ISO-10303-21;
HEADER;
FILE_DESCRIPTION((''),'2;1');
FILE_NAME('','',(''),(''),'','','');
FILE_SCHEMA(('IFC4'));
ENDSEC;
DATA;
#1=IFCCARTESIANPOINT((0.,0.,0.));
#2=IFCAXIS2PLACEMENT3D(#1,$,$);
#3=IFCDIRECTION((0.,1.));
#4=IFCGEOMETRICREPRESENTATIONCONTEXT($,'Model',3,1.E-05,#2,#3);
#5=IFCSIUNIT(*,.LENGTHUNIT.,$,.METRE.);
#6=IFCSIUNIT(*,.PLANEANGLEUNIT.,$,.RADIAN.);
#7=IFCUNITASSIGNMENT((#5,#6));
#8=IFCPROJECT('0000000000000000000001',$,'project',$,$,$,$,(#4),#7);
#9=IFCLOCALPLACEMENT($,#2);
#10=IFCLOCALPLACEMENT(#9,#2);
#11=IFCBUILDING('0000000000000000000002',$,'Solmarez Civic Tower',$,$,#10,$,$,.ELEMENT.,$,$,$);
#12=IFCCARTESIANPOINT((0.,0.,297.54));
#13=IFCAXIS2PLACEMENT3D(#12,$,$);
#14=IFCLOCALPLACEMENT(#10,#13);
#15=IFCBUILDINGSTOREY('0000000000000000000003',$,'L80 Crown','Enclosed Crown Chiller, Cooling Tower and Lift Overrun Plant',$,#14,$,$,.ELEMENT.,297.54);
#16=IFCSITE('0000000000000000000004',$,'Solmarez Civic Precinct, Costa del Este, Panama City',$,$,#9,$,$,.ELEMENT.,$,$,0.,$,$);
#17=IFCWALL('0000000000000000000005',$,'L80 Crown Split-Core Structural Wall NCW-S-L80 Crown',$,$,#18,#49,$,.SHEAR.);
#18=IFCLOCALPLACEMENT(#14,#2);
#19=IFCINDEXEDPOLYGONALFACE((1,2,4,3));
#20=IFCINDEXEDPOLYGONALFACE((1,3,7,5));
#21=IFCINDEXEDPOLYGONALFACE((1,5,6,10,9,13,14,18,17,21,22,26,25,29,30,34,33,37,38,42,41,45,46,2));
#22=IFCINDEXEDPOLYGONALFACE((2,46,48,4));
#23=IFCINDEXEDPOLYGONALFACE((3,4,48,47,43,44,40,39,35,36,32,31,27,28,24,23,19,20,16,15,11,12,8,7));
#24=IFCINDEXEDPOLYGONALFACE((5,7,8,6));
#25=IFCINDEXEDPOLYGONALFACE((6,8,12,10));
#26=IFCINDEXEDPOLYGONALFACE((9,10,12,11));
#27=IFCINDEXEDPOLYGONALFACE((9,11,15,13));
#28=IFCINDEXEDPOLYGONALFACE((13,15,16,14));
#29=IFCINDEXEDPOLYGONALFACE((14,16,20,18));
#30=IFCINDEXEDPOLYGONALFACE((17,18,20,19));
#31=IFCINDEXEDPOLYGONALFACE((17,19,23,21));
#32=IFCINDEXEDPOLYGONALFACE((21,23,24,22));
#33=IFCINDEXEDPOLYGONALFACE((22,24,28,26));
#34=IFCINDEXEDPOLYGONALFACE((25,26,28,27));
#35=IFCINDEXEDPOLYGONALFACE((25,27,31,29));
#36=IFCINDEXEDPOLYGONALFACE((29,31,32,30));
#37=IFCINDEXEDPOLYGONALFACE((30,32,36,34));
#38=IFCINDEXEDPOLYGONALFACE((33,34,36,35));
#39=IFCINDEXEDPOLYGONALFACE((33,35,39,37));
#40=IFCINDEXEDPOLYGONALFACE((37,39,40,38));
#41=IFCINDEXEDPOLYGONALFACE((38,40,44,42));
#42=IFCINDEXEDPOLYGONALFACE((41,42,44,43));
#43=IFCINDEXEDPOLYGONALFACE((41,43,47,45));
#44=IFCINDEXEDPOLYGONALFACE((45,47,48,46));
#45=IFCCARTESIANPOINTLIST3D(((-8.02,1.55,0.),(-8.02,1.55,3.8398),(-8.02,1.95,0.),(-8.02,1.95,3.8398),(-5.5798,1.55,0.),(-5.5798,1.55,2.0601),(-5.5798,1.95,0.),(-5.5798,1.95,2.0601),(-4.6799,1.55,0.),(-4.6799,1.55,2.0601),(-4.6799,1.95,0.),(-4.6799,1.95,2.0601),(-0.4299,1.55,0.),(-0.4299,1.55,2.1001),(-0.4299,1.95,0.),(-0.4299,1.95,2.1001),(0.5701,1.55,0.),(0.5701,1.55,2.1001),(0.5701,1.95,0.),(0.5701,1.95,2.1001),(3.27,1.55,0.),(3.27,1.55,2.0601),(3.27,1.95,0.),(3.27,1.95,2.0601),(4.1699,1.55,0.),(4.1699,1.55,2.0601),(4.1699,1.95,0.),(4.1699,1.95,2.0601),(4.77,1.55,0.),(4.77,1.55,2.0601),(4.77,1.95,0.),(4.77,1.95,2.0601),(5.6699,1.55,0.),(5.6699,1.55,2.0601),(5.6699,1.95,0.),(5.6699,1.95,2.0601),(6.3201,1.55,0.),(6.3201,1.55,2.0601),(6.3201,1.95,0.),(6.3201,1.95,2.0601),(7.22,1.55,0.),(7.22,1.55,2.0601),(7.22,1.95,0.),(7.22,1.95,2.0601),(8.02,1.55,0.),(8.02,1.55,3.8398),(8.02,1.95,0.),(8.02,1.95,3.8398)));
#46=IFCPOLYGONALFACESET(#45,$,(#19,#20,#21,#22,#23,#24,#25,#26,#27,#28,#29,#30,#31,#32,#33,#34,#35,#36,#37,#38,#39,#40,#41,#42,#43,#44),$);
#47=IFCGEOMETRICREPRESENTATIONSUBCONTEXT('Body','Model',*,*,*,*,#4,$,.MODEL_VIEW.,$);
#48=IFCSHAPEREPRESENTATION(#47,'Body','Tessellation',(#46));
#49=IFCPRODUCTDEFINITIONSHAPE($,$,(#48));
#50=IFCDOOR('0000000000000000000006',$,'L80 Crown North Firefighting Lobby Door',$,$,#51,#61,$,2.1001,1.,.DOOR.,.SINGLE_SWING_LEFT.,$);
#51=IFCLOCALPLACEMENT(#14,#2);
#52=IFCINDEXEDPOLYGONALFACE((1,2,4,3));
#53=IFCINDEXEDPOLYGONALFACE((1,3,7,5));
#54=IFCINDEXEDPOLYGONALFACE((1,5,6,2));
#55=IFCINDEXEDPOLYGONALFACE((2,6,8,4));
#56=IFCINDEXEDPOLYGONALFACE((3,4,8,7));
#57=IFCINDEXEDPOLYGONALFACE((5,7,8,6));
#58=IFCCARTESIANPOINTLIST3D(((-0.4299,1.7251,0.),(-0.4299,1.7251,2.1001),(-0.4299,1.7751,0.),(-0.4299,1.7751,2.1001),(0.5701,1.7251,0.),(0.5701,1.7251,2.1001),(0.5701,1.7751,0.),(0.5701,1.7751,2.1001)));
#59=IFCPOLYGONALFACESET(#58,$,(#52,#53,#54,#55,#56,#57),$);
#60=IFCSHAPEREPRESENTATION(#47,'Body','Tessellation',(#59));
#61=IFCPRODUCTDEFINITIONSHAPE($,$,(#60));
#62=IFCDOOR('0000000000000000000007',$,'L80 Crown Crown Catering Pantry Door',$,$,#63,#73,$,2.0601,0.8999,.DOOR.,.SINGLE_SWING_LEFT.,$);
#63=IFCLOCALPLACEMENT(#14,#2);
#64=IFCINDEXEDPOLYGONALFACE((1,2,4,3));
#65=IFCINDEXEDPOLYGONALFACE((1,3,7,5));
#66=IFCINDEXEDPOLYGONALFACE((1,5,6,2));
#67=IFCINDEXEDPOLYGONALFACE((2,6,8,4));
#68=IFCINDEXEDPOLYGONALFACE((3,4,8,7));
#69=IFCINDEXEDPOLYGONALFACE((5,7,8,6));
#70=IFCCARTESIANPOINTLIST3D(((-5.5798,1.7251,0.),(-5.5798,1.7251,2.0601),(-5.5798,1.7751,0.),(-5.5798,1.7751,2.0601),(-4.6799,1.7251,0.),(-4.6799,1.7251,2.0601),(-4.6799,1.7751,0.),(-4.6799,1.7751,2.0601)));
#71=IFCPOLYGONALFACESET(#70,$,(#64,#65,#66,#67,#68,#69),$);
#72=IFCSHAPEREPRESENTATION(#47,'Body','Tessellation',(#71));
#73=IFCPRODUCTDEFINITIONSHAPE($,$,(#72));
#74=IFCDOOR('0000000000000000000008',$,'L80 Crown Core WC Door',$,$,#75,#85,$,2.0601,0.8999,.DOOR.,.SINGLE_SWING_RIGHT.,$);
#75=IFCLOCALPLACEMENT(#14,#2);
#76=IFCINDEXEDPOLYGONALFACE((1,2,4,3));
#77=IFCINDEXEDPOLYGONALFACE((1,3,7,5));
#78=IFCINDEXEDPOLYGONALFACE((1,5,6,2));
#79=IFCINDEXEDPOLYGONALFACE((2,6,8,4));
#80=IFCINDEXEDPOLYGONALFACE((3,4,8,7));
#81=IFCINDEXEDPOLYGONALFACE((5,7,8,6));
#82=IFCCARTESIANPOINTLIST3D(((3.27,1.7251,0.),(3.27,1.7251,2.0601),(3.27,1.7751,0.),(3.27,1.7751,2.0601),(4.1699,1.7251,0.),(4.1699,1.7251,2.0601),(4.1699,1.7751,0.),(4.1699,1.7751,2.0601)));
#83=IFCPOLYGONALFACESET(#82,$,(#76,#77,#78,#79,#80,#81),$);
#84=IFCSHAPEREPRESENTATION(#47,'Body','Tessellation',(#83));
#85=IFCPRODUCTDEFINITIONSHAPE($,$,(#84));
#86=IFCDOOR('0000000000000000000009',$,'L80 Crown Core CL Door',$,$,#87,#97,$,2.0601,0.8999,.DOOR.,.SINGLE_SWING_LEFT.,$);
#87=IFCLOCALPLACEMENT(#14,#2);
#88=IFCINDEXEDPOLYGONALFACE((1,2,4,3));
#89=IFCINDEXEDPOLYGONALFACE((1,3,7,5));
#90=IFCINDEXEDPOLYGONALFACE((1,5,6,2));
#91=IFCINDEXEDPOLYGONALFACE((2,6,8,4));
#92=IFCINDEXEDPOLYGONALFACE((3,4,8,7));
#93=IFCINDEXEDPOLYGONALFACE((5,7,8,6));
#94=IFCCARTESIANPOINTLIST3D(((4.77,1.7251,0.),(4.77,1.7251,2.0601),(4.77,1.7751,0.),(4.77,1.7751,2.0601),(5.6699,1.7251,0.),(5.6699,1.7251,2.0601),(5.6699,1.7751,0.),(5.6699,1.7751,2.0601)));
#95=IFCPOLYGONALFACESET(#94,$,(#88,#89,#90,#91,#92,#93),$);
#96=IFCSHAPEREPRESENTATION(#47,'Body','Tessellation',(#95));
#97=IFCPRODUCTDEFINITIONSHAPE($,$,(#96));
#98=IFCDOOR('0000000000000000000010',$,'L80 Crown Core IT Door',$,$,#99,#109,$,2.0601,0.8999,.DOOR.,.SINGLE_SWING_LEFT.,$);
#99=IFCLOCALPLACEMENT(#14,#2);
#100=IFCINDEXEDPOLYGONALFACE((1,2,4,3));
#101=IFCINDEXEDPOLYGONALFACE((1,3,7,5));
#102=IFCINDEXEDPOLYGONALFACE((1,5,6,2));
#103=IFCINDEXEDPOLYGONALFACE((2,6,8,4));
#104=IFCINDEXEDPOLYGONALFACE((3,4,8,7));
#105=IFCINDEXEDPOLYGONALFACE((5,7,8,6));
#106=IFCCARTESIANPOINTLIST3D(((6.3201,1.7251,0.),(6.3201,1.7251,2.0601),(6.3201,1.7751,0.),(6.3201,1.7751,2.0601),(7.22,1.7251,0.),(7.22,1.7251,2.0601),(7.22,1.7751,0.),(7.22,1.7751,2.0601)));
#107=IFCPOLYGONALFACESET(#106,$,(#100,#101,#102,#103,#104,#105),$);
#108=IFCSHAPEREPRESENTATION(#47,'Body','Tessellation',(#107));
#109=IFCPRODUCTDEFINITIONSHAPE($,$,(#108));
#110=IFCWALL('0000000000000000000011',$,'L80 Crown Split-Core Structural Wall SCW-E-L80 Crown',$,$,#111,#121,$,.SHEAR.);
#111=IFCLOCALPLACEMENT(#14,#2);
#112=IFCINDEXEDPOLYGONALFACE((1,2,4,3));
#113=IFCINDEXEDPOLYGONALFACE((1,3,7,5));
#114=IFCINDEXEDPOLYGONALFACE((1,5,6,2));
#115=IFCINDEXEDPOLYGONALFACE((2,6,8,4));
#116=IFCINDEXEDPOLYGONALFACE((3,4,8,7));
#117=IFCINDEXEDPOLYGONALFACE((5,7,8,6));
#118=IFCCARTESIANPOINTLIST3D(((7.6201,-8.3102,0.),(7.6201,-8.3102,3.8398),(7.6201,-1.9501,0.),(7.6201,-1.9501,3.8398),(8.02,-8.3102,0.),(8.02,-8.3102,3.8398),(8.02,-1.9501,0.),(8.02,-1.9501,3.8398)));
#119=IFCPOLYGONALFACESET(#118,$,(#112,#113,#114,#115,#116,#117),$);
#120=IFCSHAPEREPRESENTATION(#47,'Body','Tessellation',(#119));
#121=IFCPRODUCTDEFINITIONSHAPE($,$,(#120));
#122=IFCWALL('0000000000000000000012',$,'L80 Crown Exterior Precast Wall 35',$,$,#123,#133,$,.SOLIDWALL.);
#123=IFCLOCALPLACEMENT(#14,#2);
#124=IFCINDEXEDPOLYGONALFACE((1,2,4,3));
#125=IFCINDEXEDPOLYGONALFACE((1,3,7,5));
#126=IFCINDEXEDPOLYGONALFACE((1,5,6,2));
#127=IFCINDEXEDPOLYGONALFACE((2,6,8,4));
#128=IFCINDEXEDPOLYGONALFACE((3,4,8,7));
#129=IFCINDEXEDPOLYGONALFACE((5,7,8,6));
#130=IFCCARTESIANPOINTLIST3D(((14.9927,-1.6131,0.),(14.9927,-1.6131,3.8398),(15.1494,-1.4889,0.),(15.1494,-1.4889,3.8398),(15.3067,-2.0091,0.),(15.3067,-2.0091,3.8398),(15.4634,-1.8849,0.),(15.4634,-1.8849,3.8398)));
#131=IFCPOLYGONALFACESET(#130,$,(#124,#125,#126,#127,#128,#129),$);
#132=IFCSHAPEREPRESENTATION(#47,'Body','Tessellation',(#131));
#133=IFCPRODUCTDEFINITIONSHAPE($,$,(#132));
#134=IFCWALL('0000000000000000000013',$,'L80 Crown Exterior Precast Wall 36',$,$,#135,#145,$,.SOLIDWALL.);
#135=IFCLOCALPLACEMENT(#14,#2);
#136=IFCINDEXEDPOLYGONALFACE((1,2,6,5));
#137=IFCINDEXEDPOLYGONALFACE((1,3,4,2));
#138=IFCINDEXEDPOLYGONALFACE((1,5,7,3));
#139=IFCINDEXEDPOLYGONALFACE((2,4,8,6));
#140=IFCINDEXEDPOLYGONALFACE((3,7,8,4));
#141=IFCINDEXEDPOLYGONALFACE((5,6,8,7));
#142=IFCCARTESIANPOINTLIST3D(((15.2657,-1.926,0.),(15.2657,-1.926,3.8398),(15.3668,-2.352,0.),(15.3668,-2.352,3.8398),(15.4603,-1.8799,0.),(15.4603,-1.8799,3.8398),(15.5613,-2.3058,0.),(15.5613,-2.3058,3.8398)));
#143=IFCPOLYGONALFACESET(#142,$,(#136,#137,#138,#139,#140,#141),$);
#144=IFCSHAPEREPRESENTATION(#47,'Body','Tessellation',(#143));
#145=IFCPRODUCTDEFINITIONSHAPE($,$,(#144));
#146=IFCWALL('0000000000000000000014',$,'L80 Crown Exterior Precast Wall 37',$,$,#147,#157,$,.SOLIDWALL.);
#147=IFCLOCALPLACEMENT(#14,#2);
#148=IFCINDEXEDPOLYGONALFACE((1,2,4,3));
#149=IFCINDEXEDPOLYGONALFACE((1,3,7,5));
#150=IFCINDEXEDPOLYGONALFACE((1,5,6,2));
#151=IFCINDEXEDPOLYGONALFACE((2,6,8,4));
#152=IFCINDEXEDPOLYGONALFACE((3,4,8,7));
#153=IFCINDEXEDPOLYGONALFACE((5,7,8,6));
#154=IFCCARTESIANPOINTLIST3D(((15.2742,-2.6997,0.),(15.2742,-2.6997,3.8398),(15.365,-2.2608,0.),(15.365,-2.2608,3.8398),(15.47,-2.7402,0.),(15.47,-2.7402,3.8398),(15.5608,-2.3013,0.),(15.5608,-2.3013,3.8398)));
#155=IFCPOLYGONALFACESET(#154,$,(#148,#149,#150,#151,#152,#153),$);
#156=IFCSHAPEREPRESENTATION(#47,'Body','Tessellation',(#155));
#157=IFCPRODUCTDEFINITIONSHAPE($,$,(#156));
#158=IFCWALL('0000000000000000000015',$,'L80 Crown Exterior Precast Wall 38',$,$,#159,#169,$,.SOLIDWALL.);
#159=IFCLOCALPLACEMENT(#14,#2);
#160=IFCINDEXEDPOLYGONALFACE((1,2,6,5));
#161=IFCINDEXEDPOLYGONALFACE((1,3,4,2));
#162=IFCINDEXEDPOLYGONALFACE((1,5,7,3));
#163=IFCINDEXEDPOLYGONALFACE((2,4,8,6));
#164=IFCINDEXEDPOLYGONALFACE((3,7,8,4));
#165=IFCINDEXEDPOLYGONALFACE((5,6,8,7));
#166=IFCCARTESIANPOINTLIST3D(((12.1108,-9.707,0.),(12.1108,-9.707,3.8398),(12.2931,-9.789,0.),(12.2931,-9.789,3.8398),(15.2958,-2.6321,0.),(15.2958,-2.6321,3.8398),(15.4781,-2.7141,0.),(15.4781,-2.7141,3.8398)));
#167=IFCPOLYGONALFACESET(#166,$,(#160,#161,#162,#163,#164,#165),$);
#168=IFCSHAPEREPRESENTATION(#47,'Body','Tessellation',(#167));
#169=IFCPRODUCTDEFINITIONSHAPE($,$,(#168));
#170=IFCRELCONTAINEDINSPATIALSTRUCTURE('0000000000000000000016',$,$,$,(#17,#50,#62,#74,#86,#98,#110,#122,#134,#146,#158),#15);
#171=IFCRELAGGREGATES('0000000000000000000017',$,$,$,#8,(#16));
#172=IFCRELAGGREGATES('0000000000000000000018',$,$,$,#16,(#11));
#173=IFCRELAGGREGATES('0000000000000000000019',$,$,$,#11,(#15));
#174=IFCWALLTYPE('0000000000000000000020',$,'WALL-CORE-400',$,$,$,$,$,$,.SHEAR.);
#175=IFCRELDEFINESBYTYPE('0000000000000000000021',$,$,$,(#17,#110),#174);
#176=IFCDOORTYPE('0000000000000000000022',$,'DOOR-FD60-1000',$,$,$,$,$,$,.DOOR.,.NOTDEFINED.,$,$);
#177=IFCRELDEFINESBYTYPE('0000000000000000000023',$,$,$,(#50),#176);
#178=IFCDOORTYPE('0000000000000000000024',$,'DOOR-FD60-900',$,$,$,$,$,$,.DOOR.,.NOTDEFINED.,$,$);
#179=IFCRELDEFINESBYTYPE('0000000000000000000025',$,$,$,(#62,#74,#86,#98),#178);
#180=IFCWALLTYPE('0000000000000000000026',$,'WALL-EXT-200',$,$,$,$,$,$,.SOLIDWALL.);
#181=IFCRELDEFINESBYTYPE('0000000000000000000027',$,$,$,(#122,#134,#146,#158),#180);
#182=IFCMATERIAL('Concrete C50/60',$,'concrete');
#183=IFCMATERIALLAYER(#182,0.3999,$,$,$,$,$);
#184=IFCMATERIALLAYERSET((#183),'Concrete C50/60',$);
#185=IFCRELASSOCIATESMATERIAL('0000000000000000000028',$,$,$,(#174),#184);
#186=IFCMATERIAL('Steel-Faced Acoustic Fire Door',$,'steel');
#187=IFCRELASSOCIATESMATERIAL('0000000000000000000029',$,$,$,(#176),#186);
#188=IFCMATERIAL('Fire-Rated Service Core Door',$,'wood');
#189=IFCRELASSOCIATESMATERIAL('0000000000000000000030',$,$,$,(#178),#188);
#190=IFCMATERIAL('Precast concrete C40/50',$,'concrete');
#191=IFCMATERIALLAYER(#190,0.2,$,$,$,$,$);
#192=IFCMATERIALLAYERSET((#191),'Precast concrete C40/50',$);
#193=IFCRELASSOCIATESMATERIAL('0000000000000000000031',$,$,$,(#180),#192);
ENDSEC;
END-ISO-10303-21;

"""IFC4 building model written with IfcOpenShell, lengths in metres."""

from ifc_helpers import new_model, si_unit, direction, frame, frame_2d, origin, place, context, subcontext, project, spatial, rectangle, extrude, material, layer, layer_set, type_object, element, fill, save


model = new_model("IFC4")

# Units and contexts
model_context = context("Model", 3, precision=1e-05, world=origin(), true_north=direction((0.0, 1.0)))
body_context = subcontext(model_context, "Body", "Model", "MODEL_VIEW")
ifc_project = project(units=[si_unit("LENGTHUNIT", "METRE"), si_unit("PLANEANGLEUNIT", "RADIAN")], contexts=[model_context])

# Site, building, storey
site_placement = place(None, origin())
site = spatial("IfcSite", under=ifc_project, at=site_placement, Name="Solmarez Civic Precinct, Costa del Este, Panama City", CompositionType="ELEMENT", RefElevation=0.0)
building_placement = place(site_placement, origin())
building = spatial("IfcBuilding", under=site, at=building_placement, Name="Solmarez Civic Tower", CompositionType="ELEMENT")
storey_placement = place(building_placement, frame((0.0, 0.0, 297.54)))
storey = spatial("IfcBuildingStorey", under=building, at=storey_placement, Name="L80 Crown", Description="Enclosed Crown Chiller, Cooling Tower and Lift Overrun Plant", CompositionType="ELEMENT", Elevation=297.54)

# Wall, openings, doors
ifc_material_1 = material(Name="Concrete C50/60", Category="concrete")
ifc_layer_1 = layer(ifc_material_1, 0.3999)
ifc_layer_set_1 = layer_set([ifc_layer_1], Name="Concrete C50/60")
wall_type_1 = type_object("IfcWallType", Name="WALL-CORE-400", PredefinedType="SHEAR", material=ifc_layer_set_1)
wall_1_placement = place(storey_placement, frame((8.02, 1.75, 0.0), z_axis=(0.0, 0.0, 1.0), x_axis=(-1.0, 0.0, 0.0)))
wall_1 = element("IfcWall", 1, at=wall_1_placement, inside=storey, type_object=wall_type_1, Name="L80 Crown Split-Core Structural Wall NCW-S-L80 Crown", PredefinedType="SHEAR", context=body_context, shape_type="SweptSolid", body=[
    extrude(rectangle(XDim=16.04, YDim=0.3999, at=frame_2d((8.02, 0.0))), origin(), (0.0, 0.0, 1.0), 3.8398),
])
opening_1_placement = place(wall_1_placement, frame((7.45, 0.0, 0.0)))
opening_1 = element("IfcOpeningElement", 2, at=opening_1_placement, cuts=wall_1, PredefinedType="OPENING", context=body_context, shape_type="SweptSolid", body=[
    extrude(rectangle(XDim=1.0, YDim=2.1001, at=frame_2d((0.5, 1.05))), frame((0.0, 0.21, 0.0), z_axis=(0.0, -1.0, 0.0), x_axis=(1.0, 0.0, 0.0)), (0.0, 0.0, 1.0), 0.4199),
])
opening_2_placement = place(wall_1_placement, frame((12.7, 0.0, 0.0)))
opening_2 = element("IfcOpeningElement", 3, at=opening_2_placement, cuts=wall_1, PredefinedType="OPENING", context=body_context, shape_type="SweptSolid", body=[
    extrude(rectangle(XDim=0.8999, YDim=2.0601, at=frame_2d((0.45, 1.03))), frame((0.0, 0.21, 0.0), z_axis=(0.0, -1.0, 0.0), x_axis=(1.0, 0.0, 0.0)), (0.0, 0.0, 1.0), 0.4199),
])
opening_3_placement = place(wall_1_placement, frame((3.8501, 0.0, 0.0)))
opening_3 = element("IfcOpeningElement", 4, at=opening_3_placement, cuts=wall_1, PredefinedType="OPENING", context=body_context, shape_type="SweptSolid", body=[
    extrude(rectangle(XDim=0.8999, YDim=2.0601, at=frame_2d((0.45, 1.03))), frame((0.0, 0.21, 0.0), z_axis=(0.0, -1.0, 0.0), x_axis=(1.0, 0.0, 0.0)), (0.0, 0.0, 1.0), 0.4199),
])
opening_4_placement = place(wall_1_placement, frame((2.3501, 0.0, 0.0)))
opening_4 = element("IfcOpeningElement", 5, at=opening_4_placement, cuts=wall_1, PredefinedType="OPENING", context=body_context, shape_type="SweptSolid", body=[
    extrude(rectangle(XDim=0.8999, YDim=2.0601, at=frame_2d((0.45, 1.03))), frame((0.0, 0.21, 0.0), z_axis=(0.0, -1.0, 0.0), x_axis=(1.0, 0.0, 0.0)), (0.0, 0.0, 1.0), 0.4199),
])
opening_5_placement = place(wall_1_placement, frame((0.8, 0.0, 0.0)))
opening_5 = element("IfcOpeningElement", 6, at=opening_5_placement, cuts=wall_1, PredefinedType="OPENING", context=body_context, shape_type="SweptSolid", body=[
    extrude(rectangle(XDim=0.8999, YDim=2.0601, at=frame_2d((0.45, 1.03))), frame((0.0, 0.21, 0.0), z_axis=(0.0, -1.0, 0.0), x_axis=(1.0, 0.0, 0.0)), (0.0, 0.0, 1.0), 0.4199),
])
ifc_material_2 = material(Name="Steel-Faced Acoustic Fire Door", Category="steel")
door_type_1 = type_object("IfcDoorType", Name="DOOR-FD60-1000", OperationType="NOTDEFINED", PredefinedType="DOOR", material=ifc_material_2)
door_1_placement = place(opening_1_placement, origin())
door_1 = element("IfcDoor", 7, at=door_1_placement, inside=storey, type_object=door_type_1, Name="L80 Crown North Firefighting Lobby Door", OperationType="SINGLE_SWING_LEFT", OverallHeight=2.1001, OverallWidth=1.0, PredefinedType="DOOR", context=body_context, shape_type="SweptSolid", body=[
    extrude(rectangle(XDim=1.0, YDim=2.1001, at=frame_2d((0.5, 1.05))), frame((0.0, 0.0249, 0.0), z_axis=(0.0, -1.0, 0.0), x_axis=(1.0, 0.0, 0.0)), (0.0, 0.0, 1.0), 0.05),
])
fill(opening_1, door_1)
ifc_material_3 = material(Name="Fire-Rated Service Core Door", Category="wood")
door_type_2 = type_object("IfcDoorType", Name="DOOR-FD60-900", OperationType="NOTDEFINED", PredefinedType="DOOR", material=ifc_material_3)
door_2_placement = place(opening_2_placement, origin())
door_2 = element("IfcDoor", 8, at=door_2_placement, inside=storey, type_object=door_type_2, Name="L80 Crown Crown Catering Pantry Door", OperationType="SINGLE_SWING_LEFT", OverallHeight=2.0601, OverallWidth=0.8999, PredefinedType="DOOR", context=body_context, shape_type="SweptSolid", body=[
    extrude(rectangle(XDim=0.8999, YDim=2.0601, at=frame_2d((0.45, 1.03))), frame((0.0, 0.0249, 0.0), z_axis=(0.0, -1.0, 0.0), x_axis=(1.0, 0.0, 0.0)), (0.0, 0.0, 1.0), 0.05),
])
fill(opening_2, door_2)
door_3_placement = place(opening_3_placement, origin())
door_3 = element("IfcDoor", 9, at=door_3_placement, inside=storey, type_object=door_type_2, Name="L80 Crown Core WC Door", OperationType="SINGLE_SWING_RIGHT", OverallHeight=2.0601, OverallWidth=0.8999, PredefinedType="DOOR", context=body_context, shape_type="SweptSolid", body=[
    extrude(rectangle(XDim=0.8999, YDim=2.0601, at=frame_2d((0.45, 1.03))), frame((0.0, 0.0249, 0.0), z_axis=(0.0, -1.0, 0.0), x_axis=(1.0, 0.0, 0.0)), (0.0, 0.0, 1.0), 0.05),
])
fill(opening_3, door_3)
door_4_placement = place(opening_4_placement, origin())
door_4 = element("IfcDoor", 10, at=door_4_placement, inside=storey, type_object=door_type_2, Name="L80 Crown Core CL Door", OperationType="SINGLE_SWING_LEFT", OverallHeight=2.0601, OverallWidth=0.8999, PredefinedType="DOOR", context=body_context, shape_type="SweptSolid", body=[
    extrude(rectangle(XDim=0.8999, YDim=2.0601, at=frame_2d((0.45, 1.03))), frame((0.0, 0.0249, 0.0), z_axis=(0.0, -1.0, 0.0), x_axis=(1.0, 0.0, 0.0)), (0.0, 0.0, 1.0), 0.05),
])
fill(opening_4, door_4)
door_5_placement = place(opening_5_placement, origin())
door_5 = element("IfcDoor", 11, at=door_5_placement, inside=storey, type_object=door_type_2, Name="L80 Crown Core IT Door", OperationType="SINGLE_SWING_LEFT", OverallHeight=2.0601, OverallWidth=0.8999, PredefinedType="DOOR", context=body_context, shape_type="SweptSolid", body=[
    extrude(rectangle(XDim=0.8999, YDim=2.0601, at=frame_2d((0.45, 1.03))), frame((0.0, 0.0249, 0.0), z_axis=(0.0, -1.0, 0.0), x_axis=(1.0, 0.0, 0.0)), (0.0, 0.0, 1.0), 0.05),
])
fill(opening_5, door_5)

# Walls
wall_2_placement = place(storey_placement, frame((7.8201, -1.95, 0.0), z_axis=(0.0, 0.0, 1.0), x_axis=(0.0, -1.0, 0.0)))
element("IfcWall", 12, at=wall_2_placement, inside=storey, type_object=wall_type_1, Name="L80 Crown Split-Core Structural Wall SCW-E-L80 Crown", PredefinedType="SHEAR", context=body_context, shape_type="SweptSolid", body=[
    extrude(rectangle(XDim=6.3601, YDim=0.3999, at=frame_2d((3.1802, 0.0))), origin(), (0.0, 0.0, 1.0), 3.8398),
])
ifc_material_4 = material(Name="Precast concrete C40/50", Category="concrete")
ifc_layer_2 = layer(ifc_material_4, 0.2)
ifc_layer_set_2 = layer_set([ifc_layer_2], Name="Precast concrete C40/50")
wall_type_2 = type_object("IfcWallType", Name="WALL-EXT-200", PredefinedType="SOLIDWALL", material=ifc_layer_set_2)
wall_3_placement = place(storey_placement, frame((15.071, -1.551, 0.0), z_axis=(0.0, 0.0, 1.0), x_axis=(0.621272, -0.783595, 0.0)))
element("IfcWall", 13, at=wall_3_placement, inside=storey, type_object=wall_type_2, Name="L80 Crown Exterior Precast Wall 35", PredefinedType="SOLIDWALL", context=body_context, shape_type="SweptSolid", body=[
    extrude(rectangle(XDim=0.5054, YDim=0.2, at=frame_2d((0.2527, 0.0))), origin(), (0.0, 0.0, 1.0), 3.8398),
])
wall_4_placement = place(storey_placement, frame((15.363, -1.9031, 0.0), z_axis=(0.0, 0.0, 1.0), x_axis=(0.230842, -0.972991, 0.0)))
element("IfcWall", 14, at=wall_4_placement, inside=storey, type_object=wall_type_2, Name="L80 Crown Exterior Precast Wall 36", PredefinedType="SOLIDWALL", context=body_context, shape_type="SweptSolid", body=[
    extrude(rectangle(XDim=0.4377, YDim=0.2, at=frame_2d((0.2188, 0.0))), origin(), (0.0, 0.0, 1.0), 3.8398),
])
wall_5_placement = place(storey_placement, frame((15.4629, -2.281, 0.0), z_axis=(0.0, 0.0, 1.0), x_axis=(-0.202606, -0.97926, 0.0)))
element("IfcWall", 15, at=wall_5_placement, inside=storey, type_object=wall_type_2, Name="L80 Crown Exterior Precast Wall 37", PredefinedType="SOLIDWALL", context=body_context, shape_type="SweptSolid", body=[
    extrude(rectangle(XDim=0.4482, YDim=0.2, at=frame_2d((0.2241, 0.0))), origin(), (0.0, 0.0, 1.0), 3.8398),
])
wall_6_placement = place(storey_placement, frame((15.387, -2.6731, 0.0), z_axis=(0.0, 0.0, 1.0), x_axis=(-0.410507, -0.911857, 0.0)))
element("IfcWall", 16, at=wall_6_placement, inside=storey, type_object=wall_type_2, Name="L80 Crown Exterior Precast Wall 38", PredefinedType="SOLIDWALL", context=body_context, shape_type="SweptSolid", body=[
    extrude(rectangle(XDim=7.7588, YDim=0.2, at=frame_2d((3.8794, 0.0))), origin(), (0.0, 0.0, 1.0), 3.8398),
])

save(model, "model.ifc")
